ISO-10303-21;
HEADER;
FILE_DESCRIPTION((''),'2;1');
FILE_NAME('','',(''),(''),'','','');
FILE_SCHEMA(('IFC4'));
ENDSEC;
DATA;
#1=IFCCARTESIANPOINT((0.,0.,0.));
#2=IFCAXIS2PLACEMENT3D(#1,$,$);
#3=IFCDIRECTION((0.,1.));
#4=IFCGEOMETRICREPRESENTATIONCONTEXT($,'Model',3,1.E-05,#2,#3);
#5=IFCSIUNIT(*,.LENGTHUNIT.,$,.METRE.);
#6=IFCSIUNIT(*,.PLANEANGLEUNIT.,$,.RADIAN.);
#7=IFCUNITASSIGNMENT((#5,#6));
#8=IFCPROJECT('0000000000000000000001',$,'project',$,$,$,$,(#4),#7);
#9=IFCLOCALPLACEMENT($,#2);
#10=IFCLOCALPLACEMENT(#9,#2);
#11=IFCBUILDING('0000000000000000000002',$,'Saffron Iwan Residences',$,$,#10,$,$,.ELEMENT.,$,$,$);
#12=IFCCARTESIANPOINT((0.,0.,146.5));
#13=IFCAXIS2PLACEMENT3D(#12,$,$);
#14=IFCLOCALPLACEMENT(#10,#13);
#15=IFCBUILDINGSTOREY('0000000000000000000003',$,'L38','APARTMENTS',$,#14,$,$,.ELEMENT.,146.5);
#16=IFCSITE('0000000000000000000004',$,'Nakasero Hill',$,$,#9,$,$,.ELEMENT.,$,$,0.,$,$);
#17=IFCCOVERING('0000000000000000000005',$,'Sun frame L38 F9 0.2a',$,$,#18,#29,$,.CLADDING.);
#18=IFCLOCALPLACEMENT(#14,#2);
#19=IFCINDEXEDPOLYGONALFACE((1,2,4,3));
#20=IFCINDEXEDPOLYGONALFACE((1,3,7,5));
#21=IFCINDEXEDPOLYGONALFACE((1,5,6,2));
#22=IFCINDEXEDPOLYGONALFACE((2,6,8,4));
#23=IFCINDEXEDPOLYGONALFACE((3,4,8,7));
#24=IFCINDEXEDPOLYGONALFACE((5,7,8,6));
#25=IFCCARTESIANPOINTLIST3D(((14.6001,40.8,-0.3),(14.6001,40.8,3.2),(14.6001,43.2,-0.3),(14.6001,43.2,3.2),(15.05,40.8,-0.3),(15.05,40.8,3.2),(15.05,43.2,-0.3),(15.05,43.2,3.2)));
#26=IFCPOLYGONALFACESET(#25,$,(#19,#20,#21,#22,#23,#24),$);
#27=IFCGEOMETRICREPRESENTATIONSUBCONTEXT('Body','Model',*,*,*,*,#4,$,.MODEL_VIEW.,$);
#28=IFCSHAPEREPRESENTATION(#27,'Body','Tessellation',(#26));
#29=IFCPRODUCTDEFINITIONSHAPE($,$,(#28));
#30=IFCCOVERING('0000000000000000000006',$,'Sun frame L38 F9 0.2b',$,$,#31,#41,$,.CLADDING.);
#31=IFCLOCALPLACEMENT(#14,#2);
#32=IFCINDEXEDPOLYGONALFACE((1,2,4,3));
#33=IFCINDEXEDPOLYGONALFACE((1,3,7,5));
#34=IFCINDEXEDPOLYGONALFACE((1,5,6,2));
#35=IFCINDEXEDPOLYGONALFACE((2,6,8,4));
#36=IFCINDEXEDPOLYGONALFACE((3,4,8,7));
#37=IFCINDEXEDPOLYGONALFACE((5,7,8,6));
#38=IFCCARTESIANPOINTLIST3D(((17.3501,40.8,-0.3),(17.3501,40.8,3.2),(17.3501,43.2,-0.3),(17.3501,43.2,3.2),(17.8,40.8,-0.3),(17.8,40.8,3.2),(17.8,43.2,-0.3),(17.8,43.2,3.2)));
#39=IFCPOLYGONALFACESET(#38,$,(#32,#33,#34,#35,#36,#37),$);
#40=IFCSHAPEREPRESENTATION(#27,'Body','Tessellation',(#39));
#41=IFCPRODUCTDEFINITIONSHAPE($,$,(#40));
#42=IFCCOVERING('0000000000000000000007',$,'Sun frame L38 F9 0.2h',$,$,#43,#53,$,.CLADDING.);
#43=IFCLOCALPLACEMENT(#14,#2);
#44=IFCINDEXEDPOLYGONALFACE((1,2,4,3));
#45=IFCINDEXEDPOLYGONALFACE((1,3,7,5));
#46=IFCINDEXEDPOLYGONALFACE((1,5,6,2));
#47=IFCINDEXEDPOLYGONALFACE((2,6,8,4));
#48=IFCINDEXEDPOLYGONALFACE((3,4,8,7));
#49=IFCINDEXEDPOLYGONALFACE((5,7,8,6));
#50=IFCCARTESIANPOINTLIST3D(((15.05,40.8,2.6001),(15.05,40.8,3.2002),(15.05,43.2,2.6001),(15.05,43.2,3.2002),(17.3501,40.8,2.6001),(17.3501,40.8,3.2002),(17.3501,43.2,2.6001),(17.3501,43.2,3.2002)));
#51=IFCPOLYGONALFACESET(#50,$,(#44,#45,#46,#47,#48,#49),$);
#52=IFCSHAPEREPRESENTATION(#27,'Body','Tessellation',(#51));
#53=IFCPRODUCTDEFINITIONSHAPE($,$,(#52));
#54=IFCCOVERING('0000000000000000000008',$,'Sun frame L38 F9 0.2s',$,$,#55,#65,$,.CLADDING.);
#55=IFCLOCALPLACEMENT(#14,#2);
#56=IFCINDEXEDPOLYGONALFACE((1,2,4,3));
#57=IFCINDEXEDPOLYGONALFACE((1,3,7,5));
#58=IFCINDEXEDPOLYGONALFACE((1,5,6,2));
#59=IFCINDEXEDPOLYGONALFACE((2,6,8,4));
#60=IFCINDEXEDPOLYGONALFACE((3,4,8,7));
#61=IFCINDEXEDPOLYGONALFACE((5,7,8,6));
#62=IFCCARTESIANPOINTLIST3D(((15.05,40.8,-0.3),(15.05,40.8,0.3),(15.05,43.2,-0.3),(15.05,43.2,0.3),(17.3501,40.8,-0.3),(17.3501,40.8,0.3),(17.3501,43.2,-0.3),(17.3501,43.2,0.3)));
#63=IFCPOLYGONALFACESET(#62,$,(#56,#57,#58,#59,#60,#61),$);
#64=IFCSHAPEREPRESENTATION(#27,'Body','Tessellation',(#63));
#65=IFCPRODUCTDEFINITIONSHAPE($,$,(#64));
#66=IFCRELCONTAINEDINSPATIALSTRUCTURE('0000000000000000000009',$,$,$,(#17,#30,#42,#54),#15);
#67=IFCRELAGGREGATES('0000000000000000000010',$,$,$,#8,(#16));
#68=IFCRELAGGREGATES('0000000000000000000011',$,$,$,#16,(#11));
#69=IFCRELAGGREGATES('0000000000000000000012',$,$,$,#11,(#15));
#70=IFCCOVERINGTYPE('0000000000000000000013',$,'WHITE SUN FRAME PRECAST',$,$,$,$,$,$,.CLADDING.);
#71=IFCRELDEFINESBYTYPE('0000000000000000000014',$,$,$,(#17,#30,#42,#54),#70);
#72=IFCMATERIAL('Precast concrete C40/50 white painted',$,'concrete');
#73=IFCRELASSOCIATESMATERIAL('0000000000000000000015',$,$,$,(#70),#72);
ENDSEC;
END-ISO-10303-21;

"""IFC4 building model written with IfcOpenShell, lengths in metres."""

from ifc_helpers import new_model, si_unit, direction, frame, origin, place, context, subcontext, project, spatial, polyline, outline, extrude, material, type_object, element, save


model = new_model("IFC4")

# Units and contexts
model_context = context("Model", 3, precision=1e-05, world=origin(), true_north=direction((0.0, 1.0)))
body_context = subcontext(model_context, "Body", "Model", "MODEL_VIEW")
ifc_project = project(units=[si_unit("LENGTHUNIT", "METRE"), si_unit("PLANEANGLEUNIT", "RADIAN")], contexts=[model_context])

# Site, building, storey
site_placement = place(None, origin())
site = spatial("IfcSite", under=ifc_project, at=site_placement, Name="Nakasero Hill", CompositionType="ELEMENT", RefElevation=0.0)
building_placement = place(site_placement, origin())
building = spatial("IfcBuilding", under=site, at=building_placement, Name="Saffron Iwan Residences", CompositionType="ELEMENT")
storey_placement = place(building_placement, frame((0.0, 0.0, 146.5)))
storey = spatial("IfcBuildingStorey", under=building, at=storey_placement, Name="L38", Description="APARTMENTS", CompositionType="ELEMENT", Elevation=146.5)

# Coverings
ifc_material_1 = material(Name="Precast concrete C40/50 white painted", Category="concrete")
covering_type_1 = type_object("IfcCoveringType", Name="WHITE SUN FRAME PRECAST", PredefinedType="CLADDING", material=ifc_material_1)
for number, where, z_axis, x_axis, name in (
    (1, (14.6001, 43.2, -0.3), (0.0, -1.0, 0.0), (1.0, 0.0, 0.0), "Sun frame L38 F9 0.2a"),
    (2, (17.3501, 43.2, -0.3), (0.0, -1.0, 0.0), (1.0, 0.0, 0.0), "Sun frame L38 F9 0.2b"),
):
    element("IfcCovering", number, at=place(storey_placement, frame(where, z_axis=z_axis, x_axis=x_axis)), inside=storey, type_object=covering_type_1, Name=name, PredefinedType="CLADDING", context=body_context, shape_type="SweptSolid", body=[
        extrude(outline(polyline([(0.0, 0.0), (0.45, 0.0), (0.45, 3.5), (0.0, 3.5), (0.0, 0.0)])), origin(), (0.0, 0.0, 1.0), 2.3999),
    ])
for number, where, z_axis, x_axis, name in (
    (3, (15.05, 43.2, 2.6001), (0.0, -1.0, 0.0), (1.0, 0.0, 0.0), "Sun frame L38 F9 0.2h"),
    (4, (15.05, 43.2, -0.3), (0.0, -1.0, 0.0), (1.0, 0.0, 0.0), "Sun frame L38 F9 0.2s"),
):
    element("IfcCovering", number, at=place(storey_placement, frame(where, z_axis=z_axis, x_axis=x_axis)), inside=storey, type_object=covering_type_1, Name=name, PredefinedType="CLADDING", context=body_context, shape_type="SweptSolid", body=[
        extrude(outline(polyline([(0.0, 0.0), (2.3, 0.0), (2.3, 0.6001), (0.0, 0.6001), (0.0, 0.0)])), origin(), (0.0, 0.0, 1.0), 2.3999),
    ])

save(model, "model.ifc")
